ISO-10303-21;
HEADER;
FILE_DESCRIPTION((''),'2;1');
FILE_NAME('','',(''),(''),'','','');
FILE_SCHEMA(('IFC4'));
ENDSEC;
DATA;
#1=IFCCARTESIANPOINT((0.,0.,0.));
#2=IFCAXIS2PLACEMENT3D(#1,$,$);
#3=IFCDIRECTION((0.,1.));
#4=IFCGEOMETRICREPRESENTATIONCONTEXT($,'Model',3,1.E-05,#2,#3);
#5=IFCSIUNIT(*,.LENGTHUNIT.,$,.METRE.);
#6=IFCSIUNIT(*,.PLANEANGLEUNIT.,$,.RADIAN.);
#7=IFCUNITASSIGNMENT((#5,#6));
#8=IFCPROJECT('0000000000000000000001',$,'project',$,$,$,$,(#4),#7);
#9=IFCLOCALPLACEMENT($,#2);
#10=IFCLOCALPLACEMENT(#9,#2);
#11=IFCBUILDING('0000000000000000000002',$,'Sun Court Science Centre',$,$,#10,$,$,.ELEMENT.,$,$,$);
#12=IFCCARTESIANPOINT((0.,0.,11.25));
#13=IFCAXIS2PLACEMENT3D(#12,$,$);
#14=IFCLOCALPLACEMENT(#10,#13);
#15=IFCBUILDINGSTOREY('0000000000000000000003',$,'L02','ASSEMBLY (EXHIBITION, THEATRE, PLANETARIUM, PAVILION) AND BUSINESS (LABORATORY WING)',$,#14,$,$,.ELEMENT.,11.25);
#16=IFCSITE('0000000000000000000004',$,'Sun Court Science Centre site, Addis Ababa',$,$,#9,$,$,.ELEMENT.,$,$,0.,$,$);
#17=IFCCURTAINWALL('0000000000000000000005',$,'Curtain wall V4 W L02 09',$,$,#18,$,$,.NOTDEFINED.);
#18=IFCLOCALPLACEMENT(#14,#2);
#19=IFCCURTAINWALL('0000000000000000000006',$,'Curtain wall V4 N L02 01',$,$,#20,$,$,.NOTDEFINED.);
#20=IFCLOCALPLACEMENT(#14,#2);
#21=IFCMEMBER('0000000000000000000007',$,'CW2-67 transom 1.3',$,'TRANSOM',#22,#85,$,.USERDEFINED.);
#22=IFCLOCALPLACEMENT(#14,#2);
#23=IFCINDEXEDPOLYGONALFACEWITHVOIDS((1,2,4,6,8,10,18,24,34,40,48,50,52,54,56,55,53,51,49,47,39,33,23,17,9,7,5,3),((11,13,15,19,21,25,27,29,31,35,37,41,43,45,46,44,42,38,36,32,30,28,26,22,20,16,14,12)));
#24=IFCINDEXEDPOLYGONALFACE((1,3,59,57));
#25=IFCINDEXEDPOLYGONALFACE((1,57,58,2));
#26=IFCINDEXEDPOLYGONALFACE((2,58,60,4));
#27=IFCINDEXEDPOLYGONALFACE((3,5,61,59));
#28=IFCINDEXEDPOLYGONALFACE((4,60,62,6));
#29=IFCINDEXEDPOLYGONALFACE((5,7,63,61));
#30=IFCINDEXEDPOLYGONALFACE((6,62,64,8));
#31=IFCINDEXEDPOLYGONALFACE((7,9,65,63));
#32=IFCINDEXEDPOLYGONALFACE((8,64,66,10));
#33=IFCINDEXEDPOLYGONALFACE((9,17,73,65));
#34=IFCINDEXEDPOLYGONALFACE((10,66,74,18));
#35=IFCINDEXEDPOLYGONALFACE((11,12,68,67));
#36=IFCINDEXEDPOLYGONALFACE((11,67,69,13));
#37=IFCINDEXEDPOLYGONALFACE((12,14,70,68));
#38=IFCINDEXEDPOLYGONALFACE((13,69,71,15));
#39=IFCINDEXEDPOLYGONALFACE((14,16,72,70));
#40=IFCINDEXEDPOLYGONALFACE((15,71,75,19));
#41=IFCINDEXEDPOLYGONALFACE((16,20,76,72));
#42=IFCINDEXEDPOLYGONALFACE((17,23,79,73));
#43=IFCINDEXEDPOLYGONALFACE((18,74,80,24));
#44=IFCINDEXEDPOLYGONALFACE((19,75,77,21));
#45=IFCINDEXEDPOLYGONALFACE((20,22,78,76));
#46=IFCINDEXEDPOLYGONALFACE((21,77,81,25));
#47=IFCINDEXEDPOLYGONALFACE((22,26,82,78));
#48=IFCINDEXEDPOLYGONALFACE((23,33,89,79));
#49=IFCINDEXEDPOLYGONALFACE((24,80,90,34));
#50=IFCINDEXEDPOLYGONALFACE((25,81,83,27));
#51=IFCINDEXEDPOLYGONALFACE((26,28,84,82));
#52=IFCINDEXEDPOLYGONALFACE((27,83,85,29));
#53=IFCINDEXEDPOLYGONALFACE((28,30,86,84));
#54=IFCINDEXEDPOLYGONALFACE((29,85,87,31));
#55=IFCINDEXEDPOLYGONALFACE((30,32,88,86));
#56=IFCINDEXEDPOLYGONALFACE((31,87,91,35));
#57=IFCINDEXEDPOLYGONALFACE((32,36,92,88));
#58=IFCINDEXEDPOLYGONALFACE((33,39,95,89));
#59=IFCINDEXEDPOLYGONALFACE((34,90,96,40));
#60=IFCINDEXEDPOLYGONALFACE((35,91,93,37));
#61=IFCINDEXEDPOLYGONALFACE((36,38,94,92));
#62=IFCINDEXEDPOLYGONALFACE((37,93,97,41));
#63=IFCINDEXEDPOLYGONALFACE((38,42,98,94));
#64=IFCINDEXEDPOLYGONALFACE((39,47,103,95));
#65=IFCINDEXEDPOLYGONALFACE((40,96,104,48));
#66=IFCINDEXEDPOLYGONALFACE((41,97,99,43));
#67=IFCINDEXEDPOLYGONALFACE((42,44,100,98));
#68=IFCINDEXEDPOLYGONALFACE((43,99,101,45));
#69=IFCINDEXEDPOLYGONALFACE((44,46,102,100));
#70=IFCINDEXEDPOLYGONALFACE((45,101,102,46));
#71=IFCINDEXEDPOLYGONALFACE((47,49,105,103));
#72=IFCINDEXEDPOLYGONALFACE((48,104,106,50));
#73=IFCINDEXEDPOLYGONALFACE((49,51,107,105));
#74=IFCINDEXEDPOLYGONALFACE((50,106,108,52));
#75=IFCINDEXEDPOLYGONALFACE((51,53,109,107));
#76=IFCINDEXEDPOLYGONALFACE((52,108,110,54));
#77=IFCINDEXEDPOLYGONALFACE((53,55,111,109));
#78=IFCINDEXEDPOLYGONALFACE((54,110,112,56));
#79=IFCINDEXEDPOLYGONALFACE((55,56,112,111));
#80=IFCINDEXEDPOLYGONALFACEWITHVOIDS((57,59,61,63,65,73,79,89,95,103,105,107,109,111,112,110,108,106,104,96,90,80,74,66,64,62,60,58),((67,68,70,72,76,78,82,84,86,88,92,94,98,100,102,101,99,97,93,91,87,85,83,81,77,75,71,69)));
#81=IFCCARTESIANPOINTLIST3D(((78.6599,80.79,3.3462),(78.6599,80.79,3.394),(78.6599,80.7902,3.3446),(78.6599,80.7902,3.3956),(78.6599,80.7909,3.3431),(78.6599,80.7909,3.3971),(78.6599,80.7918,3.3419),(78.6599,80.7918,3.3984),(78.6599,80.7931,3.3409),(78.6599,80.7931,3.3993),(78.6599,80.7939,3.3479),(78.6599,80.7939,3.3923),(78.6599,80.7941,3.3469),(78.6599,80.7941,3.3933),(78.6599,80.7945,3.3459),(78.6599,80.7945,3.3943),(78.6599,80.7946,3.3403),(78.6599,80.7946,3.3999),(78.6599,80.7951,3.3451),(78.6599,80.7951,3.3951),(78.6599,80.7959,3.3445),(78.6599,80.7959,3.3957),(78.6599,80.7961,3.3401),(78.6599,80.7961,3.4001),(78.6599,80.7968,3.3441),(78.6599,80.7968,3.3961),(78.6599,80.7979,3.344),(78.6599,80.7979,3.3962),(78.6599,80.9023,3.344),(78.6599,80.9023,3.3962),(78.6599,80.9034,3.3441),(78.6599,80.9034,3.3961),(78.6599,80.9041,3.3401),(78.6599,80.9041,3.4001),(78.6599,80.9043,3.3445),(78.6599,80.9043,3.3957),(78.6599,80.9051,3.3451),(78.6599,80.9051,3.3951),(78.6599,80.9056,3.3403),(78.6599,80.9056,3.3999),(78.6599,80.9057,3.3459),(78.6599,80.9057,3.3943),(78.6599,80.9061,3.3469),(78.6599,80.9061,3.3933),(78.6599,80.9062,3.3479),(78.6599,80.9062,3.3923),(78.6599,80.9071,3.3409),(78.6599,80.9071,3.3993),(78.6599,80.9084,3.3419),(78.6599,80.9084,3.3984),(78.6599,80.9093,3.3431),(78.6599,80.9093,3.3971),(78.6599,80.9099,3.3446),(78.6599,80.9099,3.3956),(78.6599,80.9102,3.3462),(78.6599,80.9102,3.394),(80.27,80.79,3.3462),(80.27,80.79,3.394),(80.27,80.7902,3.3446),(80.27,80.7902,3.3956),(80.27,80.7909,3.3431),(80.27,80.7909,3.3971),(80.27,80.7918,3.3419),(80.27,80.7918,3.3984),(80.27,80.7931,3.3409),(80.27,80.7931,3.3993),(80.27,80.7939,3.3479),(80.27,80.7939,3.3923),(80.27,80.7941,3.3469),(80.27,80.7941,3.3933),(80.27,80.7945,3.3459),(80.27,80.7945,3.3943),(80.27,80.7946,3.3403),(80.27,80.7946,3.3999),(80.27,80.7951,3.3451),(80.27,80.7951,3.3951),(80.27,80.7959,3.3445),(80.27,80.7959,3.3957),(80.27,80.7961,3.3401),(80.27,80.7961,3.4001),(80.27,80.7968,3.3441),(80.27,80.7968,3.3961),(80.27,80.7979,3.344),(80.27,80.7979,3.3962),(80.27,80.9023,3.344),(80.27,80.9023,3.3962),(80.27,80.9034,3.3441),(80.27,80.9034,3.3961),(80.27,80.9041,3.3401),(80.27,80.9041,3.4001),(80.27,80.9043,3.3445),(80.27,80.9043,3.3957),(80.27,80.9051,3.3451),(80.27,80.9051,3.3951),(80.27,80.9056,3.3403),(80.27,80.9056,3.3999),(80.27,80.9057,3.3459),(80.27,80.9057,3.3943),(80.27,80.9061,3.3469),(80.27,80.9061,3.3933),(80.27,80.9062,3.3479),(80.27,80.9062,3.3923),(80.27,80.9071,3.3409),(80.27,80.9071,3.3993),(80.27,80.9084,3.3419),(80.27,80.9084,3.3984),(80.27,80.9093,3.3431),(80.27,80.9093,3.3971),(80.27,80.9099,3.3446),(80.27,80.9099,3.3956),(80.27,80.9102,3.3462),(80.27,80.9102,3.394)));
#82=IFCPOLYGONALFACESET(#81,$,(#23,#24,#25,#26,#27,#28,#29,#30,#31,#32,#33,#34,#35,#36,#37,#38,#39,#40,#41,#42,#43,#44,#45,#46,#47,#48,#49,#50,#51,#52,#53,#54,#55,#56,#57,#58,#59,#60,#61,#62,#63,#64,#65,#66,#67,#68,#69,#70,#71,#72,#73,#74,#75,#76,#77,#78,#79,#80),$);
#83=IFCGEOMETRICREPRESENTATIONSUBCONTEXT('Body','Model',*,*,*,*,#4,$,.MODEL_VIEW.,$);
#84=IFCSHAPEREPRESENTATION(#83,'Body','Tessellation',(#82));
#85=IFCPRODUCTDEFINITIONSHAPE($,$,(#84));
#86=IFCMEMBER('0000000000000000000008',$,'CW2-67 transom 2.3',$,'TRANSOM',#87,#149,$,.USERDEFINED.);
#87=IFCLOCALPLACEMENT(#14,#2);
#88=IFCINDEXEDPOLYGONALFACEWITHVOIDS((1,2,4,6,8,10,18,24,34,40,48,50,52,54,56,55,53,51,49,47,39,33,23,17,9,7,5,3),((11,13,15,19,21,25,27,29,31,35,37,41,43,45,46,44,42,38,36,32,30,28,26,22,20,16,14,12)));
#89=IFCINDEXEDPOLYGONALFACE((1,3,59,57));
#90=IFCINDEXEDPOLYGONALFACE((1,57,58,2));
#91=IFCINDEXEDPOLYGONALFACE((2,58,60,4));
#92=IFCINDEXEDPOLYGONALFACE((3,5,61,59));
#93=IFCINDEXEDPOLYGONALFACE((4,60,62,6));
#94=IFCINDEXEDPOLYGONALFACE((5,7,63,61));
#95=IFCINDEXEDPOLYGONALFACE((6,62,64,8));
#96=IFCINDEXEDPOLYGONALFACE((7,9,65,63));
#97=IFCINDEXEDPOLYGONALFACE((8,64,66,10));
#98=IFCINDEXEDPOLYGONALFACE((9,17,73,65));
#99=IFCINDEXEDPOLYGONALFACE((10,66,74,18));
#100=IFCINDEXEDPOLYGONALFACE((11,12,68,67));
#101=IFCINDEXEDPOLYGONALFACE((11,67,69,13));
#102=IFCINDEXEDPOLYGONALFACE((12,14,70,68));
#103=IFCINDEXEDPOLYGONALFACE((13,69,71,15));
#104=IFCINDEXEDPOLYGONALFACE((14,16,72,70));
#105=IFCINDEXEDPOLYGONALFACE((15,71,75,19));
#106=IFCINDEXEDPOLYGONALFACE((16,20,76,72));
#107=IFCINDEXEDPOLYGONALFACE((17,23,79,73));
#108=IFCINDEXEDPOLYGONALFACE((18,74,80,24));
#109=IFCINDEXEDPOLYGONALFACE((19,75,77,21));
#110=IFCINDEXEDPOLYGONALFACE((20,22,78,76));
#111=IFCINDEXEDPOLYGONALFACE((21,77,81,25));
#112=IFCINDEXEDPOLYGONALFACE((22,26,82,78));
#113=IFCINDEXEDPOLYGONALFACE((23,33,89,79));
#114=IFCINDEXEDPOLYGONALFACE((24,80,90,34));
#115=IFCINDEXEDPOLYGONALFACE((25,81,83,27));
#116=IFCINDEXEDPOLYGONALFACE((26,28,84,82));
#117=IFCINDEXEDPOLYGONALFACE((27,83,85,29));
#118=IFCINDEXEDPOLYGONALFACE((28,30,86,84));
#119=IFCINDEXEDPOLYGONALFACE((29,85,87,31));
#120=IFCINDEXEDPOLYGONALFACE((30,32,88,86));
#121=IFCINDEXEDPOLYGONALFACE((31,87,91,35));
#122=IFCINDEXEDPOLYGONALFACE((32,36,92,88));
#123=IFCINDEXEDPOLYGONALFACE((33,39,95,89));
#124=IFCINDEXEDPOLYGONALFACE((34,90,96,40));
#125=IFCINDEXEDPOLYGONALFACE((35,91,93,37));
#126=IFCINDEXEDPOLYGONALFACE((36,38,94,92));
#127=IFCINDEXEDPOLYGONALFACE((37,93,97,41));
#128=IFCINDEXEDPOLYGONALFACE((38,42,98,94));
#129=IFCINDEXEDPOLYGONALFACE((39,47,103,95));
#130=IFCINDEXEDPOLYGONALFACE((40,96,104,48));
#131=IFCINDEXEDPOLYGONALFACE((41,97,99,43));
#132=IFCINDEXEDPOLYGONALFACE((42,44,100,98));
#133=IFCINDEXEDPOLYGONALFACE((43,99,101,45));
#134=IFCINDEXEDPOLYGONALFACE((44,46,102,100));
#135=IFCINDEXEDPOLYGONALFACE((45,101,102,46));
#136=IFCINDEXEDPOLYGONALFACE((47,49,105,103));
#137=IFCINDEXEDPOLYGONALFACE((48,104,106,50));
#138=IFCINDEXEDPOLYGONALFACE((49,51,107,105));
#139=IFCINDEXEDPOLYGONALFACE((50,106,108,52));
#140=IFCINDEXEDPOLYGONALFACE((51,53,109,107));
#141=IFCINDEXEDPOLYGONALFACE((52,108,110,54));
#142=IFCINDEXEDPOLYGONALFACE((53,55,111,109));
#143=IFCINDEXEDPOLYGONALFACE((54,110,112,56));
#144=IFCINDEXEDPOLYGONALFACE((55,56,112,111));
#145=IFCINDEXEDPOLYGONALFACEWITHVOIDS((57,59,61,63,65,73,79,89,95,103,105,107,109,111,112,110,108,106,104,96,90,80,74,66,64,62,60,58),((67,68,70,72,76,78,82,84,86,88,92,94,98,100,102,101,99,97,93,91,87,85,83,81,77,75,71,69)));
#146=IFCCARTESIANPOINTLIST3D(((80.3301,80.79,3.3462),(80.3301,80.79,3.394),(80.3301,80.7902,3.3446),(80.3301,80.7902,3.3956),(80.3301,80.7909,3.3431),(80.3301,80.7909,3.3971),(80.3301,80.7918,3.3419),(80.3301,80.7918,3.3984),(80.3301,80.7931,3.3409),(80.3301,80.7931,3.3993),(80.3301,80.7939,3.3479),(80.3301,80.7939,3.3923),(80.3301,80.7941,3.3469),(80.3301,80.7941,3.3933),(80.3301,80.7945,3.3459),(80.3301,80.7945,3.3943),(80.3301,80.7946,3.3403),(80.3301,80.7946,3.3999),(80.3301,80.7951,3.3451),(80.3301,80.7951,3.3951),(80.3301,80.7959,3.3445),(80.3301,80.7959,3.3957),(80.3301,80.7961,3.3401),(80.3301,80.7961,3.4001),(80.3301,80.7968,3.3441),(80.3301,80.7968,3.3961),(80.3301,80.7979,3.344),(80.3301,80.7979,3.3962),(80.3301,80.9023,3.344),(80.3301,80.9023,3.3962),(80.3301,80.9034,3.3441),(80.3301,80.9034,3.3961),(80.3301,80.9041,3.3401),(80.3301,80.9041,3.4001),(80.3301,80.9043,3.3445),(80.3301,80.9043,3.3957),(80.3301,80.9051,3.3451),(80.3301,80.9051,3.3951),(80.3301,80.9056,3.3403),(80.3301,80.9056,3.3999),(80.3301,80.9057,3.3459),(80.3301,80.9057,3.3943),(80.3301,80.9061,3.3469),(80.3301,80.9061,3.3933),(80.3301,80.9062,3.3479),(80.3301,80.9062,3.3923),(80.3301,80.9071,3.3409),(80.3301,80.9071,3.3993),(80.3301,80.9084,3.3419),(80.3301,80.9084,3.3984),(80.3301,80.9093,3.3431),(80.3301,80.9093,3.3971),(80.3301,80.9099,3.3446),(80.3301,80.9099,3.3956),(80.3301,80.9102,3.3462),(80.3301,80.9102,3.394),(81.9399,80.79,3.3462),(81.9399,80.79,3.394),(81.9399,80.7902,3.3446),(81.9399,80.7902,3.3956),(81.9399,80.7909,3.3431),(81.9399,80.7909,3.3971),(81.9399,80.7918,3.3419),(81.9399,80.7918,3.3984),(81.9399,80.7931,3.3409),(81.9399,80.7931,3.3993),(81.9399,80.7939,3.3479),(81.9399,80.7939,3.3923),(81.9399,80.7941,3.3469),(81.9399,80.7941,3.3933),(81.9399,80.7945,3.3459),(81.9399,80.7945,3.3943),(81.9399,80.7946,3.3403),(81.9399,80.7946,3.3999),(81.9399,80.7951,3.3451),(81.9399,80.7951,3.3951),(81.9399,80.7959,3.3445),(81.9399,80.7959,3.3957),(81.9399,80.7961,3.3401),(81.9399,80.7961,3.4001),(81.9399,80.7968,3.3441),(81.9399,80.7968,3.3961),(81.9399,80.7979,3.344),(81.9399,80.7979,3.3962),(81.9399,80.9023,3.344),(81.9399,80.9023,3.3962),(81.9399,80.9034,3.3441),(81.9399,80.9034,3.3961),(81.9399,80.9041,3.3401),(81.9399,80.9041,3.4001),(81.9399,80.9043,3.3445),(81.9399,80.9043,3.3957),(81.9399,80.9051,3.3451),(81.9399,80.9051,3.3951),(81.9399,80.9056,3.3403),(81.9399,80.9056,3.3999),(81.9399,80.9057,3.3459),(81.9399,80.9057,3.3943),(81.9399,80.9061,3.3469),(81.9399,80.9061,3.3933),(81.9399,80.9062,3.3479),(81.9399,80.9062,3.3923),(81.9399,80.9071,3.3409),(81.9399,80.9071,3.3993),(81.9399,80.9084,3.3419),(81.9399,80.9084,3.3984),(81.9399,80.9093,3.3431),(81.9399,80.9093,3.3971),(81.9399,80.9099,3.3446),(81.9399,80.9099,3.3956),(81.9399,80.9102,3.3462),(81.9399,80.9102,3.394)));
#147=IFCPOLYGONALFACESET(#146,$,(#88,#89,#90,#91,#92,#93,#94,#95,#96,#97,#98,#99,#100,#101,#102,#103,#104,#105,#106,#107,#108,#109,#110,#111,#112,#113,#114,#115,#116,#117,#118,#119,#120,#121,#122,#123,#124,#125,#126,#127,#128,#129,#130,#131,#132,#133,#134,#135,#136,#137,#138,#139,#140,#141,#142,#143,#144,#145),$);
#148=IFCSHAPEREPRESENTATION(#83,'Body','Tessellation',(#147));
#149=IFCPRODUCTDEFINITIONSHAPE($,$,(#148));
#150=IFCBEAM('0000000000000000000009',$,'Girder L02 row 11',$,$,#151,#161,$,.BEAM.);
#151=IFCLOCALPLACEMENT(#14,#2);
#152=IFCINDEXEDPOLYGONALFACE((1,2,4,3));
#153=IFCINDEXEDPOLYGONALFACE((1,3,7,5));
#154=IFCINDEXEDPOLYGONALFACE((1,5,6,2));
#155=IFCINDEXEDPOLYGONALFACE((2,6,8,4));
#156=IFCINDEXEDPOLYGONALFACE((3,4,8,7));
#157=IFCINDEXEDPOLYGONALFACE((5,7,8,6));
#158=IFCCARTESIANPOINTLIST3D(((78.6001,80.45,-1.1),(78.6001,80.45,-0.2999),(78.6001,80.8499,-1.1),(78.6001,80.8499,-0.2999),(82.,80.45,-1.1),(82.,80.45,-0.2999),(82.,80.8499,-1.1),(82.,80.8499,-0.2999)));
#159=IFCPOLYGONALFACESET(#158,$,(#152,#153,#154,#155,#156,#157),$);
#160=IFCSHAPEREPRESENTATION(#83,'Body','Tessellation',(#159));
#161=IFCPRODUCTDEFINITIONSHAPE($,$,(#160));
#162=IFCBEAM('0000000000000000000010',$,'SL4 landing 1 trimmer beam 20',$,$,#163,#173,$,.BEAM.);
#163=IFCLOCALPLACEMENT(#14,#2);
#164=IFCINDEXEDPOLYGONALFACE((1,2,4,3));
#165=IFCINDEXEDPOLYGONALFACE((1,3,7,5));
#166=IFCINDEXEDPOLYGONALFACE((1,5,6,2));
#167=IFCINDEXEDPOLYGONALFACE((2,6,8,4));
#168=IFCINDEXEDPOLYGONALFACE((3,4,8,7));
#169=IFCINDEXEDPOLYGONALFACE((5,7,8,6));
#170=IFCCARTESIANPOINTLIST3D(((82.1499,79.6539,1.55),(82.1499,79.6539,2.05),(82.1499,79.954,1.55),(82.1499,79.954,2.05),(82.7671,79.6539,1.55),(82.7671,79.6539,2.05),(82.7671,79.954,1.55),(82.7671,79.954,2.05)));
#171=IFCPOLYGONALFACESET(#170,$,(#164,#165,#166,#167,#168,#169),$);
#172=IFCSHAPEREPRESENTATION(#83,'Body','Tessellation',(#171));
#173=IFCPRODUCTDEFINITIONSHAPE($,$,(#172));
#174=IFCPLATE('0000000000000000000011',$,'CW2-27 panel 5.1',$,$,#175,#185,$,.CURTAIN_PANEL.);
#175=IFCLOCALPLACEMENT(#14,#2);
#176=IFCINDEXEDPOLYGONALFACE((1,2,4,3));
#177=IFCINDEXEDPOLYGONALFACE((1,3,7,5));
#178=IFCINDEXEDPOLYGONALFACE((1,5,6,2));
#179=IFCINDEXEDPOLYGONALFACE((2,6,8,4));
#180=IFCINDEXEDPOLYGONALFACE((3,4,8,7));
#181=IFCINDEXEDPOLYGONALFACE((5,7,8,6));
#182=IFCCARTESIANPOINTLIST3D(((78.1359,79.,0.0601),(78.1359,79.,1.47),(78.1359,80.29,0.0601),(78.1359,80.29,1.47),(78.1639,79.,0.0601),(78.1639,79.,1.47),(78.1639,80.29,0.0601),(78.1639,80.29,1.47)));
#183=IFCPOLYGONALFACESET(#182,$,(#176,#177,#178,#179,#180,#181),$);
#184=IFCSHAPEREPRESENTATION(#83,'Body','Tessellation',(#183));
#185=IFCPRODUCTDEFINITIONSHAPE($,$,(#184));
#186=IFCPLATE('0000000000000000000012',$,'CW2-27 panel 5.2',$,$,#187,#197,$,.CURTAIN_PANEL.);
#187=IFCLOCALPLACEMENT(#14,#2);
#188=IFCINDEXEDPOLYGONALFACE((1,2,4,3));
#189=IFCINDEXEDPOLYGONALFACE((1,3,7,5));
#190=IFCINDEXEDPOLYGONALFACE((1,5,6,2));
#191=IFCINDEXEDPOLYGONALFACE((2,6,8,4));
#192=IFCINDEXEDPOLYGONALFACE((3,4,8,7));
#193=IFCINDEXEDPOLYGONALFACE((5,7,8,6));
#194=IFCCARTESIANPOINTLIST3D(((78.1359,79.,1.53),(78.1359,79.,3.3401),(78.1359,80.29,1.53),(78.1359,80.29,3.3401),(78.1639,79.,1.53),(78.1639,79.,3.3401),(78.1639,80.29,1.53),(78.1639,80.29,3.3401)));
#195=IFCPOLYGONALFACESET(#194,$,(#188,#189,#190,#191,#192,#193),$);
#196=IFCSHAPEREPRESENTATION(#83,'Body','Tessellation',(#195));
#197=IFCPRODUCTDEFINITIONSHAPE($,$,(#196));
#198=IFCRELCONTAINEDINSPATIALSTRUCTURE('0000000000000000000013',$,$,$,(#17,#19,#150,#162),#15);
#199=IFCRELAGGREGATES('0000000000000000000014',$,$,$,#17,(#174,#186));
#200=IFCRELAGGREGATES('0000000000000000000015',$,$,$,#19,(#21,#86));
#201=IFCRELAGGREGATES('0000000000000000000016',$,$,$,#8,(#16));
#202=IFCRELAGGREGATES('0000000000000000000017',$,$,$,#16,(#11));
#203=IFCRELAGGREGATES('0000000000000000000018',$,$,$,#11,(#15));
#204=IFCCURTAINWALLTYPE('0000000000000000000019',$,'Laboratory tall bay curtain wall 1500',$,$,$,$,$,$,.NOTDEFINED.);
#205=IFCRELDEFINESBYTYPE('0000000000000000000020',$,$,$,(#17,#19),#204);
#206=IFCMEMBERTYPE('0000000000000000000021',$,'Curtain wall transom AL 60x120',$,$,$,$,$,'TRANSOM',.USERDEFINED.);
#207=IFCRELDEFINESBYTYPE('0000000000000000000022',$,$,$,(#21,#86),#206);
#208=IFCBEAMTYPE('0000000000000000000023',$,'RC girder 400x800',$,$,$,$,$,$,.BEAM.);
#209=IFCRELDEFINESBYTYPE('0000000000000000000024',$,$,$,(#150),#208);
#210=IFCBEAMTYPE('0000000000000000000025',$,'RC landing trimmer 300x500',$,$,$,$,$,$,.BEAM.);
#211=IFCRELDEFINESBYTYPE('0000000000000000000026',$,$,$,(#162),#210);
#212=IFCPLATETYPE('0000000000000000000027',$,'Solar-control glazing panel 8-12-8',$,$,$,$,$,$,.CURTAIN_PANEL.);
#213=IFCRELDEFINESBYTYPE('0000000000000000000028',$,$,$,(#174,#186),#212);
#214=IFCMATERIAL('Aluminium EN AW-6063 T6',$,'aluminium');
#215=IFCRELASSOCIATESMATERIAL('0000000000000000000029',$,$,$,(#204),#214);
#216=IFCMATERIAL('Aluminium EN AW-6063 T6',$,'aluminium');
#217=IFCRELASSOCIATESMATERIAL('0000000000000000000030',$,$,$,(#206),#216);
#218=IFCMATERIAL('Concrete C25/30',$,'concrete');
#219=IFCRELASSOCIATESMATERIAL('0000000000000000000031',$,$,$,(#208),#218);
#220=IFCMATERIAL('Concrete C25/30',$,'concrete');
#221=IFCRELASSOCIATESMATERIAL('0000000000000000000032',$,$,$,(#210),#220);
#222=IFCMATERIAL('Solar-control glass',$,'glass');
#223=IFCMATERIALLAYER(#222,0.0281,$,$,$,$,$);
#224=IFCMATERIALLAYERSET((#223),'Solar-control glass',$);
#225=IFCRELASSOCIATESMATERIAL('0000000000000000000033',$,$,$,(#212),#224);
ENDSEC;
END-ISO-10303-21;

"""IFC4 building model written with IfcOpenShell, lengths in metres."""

from ifc_helpers import new_model, si_unit, direction, frame, origin, origin_2d, place, context, subcontext, project, spatial, rectangle, hollow_rectangle, extrude, material, layer, layer_set, material_profile, profile_set, type_object, element, aggregate, save


model = new_model("IFC4")

# Units and contexts
model_context = context("Model", 3, precision=1e-05, world=origin(), true_north=direction((0.0, 1.0)))
body_context = subcontext(model_context, "Body", "Model", "MODEL_VIEW")
ifc_project = project(units=[si_unit("LENGTHUNIT", "METRE"), si_unit("PLANEANGLEUNIT", "RADIAN")], contexts=[model_context])

# Site, building, storey
site_placement = place(None, origin())
site = spatial("IfcSite", under=ifc_project, at=site_placement, Name="Sun Court Science Centre site, Addis Ababa", CompositionType="ELEMENT", RefElevation=0.0)
building_placement = place(site_placement, origin())
building = spatial("IfcBuilding", under=site, at=building_placement, Name="Sun Court Science Centre", CompositionType="ELEMENT")
storey_placement = place(building_placement, frame((0.0, 0.0, 11.25)))
storey = spatial("IfcBuildingStorey", under=building, at=storey_placement, Name="L02", Description="ASSEMBLY (EXHIBITION, THEATRE, PLANETARIUM, PAVILION) AND BUSINESS (LABORATORY WING)", CompositionType="ELEMENT", Elevation=11.25)

# Curtain walls
ifc_material_1 = material(Name="Aluminium EN AW-6063 T6", Category="aluminium")
curtain_wall_type = type_object("IfcCurtainWallType", Name="Laboratory tall bay curtain wall 1500", PredefinedType="NOTDEFINED", material=ifc_material_1)
curtain_wall_1_placement = place(storey_placement, origin())
curtain_wall_1 = element("IfcCurtainWall", 1, at=curtain_wall_1_placement, inside=storey, type_object=curtain_wall_type, Name="Curtain wall V4 W L02 09", PredefinedType="NOTDEFINED")
curtain_wall_2_placement = place(storey_placement, origin())
curtain_wall_2 = element("IfcCurtainWall", 2, at=curtain_wall_2_placement, inside=storey, type_object=curtain_wall_type, Name="Curtain wall V4 N L02 01", PredefinedType="NOTDEFINED")

# Members
ifc_material_2 = material(Name="Aluminium EN AW-6063 T6", Category="aluminium")
ifc_material_profile_1 = material_profile(ifc_material_2, hollow_rectangle(XDim=0.0601, YDim=0.1201, WallThickness=0.0039, InnerFilletRadius=0.0039, OuterFilletRadius=0.0061, at=origin_2d()), Name="AL 60x120x4")
ifc_profile_set_1 = profile_set([ifc_material_profile_1], Name="Aluminium EN AW-6063 T6")
member_type_1 = type_object("IfcMemberType", Name="Curtain wall transom AL 60x120", ElementType="TRANSOM", PredefinedType="USERDEFINED", material=ifc_profile_set_1)
member_1_placement = place(storey_placement, frame((78.6599, 80.8501, 3.3701), z_axis=(1.0, 0.0, 0.0), x_axis=(0.0, 0.0, 1.0)))
member_1 = element("IfcMember", 3, at=member_1_placement, type_object=member_type_1, Name="CW2-67 transom 1.3", ObjectType="TRANSOM", PredefinedType="USERDEFINED", context=body_context, shape_type="SweptSolid", body=[
    extrude(hollow_rectangle(XDim=0.0601, YDim=0.1201, WallThickness=0.0039, InnerFilletRadius=0.0039, OuterFilletRadius=0.0061, at=origin_2d()), origin(), (0.0, 0.0, 1.0), 1.6101),
])
member_2_placement = place(storey_placement, frame((80.3301, 80.8501, 3.3701), z_axis=(1.0, 0.0, 0.0), x_axis=(0.0, 0.0, 1.0)))
member_2 = element("IfcMember", 4, at=member_2_placement, type_object=member_type_1, Name="CW2-67 transom 2.3", ObjectType="TRANSOM", PredefinedType="USERDEFINED", context=body_context, shape_type="SweptSolid", body=[
    extrude(hollow_rectangle(XDim=0.0601, YDim=0.1201, WallThickness=0.0039, InnerFilletRadius=0.0039, OuterFilletRadius=0.0061, at=origin_2d()), origin(), (0.0, 0.0, 1.0), 1.6099),
])

# Beams
ifc_material_3 = material(Name="Concrete C25/30", Category="concrete")
ifc_material_profile_2 = material_profile(ifc_material_3, rectangle(XDim=0.3999, YDim=0.8, at=origin_2d()), Name="RC 400x800")
ifc_profile_set_2 = profile_set([ifc_material_profile_2], Name="Concrete C25/30")
beam_type_1 = type_object("IfcBeamType", Name="RC girder 400x800", PredefinedType="BEAM", material=ifc_profile_set_2)
beam_1_placement = place(storey_placement, frame((78.6001, 80.6499, -0.7), z_axis=(1.0, 0.0, 0.0), x_axis=(0.0, 1.0, 0.0)))
element("IfcBeam", 5, at=beam_1_placement, inside=storey, type_object=beam_type_1, Name="Girder L02 row 11", PredefinedType="BEAM", context=body_context, shape_type="SweptSolid", body=[
    extrude(rectangle(XDim=0.3999, YDim=0.8, at=origin_2d()), origin(), (0.0, 0.0, 1.0), 3.3999),
])
ifc_material_4 = material(Name="Concrete C25/30", Category="concrete")
ifc_material_profile_3 = material_profile(ifc_material_4, rectangle(XDim=0.3, YDim=0.5, at=origin_2d()), Name="RC 300x500")
ifc_profile_set_3 = profile_set([ifc_material_profile_3], Name="Concrete C25/30")
beam_type_2 = type_object("IfcBeamType", Name="RC landing trimmer 300x500", PredefinedType="BEAM", material=ifc_profile_set_3)
beam_2_placement = place(storey_placement, frame((82.1499, 79.804, 1.8), z_axis=(1.0, 0.0, 0.0), x_axis=(0.0, 1.0, 0.0)))
element("IfcBeam", 6, at=beam_2_placement, inside=storey, type_object=beam_type_2, Name="SL4 landing 1 trimmer beam 20", PredefinedType="BEAM", context=body_context, shape_type="SweptSolid", body=[
    extrude(rectangle(XDim=0.3, YDim=0.5, at=origin_2d()), origin(), (0.0, 0.0, 1.0), 0.6172),
])

# Plates
ifc_material_5 = material(Name="Solar-control glass", Category="glass")
ifc_layer_1 = layer(ifc_material_5, 0.0281)
ifc_layer_set_1 = layer_set([ifc_layer_1], Name="Solar-control glass")
plate_type = type_object("IfcPlateType", Name="Solar-control glazing panel 8-12-8", PredefinedType="CURTAIN_PANEL", material=ifc_layer_set_1)
plate_1_placement = place(storey_placement, frame((78.1499, 79.645, 0.0601), z_axis=(0.0, 0.0, 1.0), x_axis=(0.0, 1.0, 0.0)))
plate_1 = element("IfcPlate", 7, at=plate_1_placement, type_object=plate_type, Name="CW2-27 panel 5.1", PredefinedType="CURTAIN_PANEL", context=body_context, shape_type="SweptSolid", body=[
    extrude(rectangle(XDim=1.29, YDim=0.0281, at=origin_2d()), origin(), (0.0, 0.0, 1.0), 1.4099),
])
plate_2_placement = place(storey_placement, frame((78.1499, 79.645, 1.53), z_axis=(0.0, 0.0, 1.0), x_axis=(0.0, 1.0, 0.0)))
plate_2 = element("IfcPlate", 8, at=plate_2_placement, type_object=plate_type, Name="CW2-27 panel 5.2", PredefinedType="CURTAIN_PANEL", context=body_context, shape_type="SweptSolid", body=[
    extrude(rectangle(XDim=1.29, YDim=0.0281, at=origin_2d()), origin(), (0.0, 0.0, 1.0), 1.8101),
])
aggregate(curtain_wall_1, [plate_1, plate_2])
aggregate(curtain_wall_2, [member_1, member_2])

save(model, "model.ifc")
